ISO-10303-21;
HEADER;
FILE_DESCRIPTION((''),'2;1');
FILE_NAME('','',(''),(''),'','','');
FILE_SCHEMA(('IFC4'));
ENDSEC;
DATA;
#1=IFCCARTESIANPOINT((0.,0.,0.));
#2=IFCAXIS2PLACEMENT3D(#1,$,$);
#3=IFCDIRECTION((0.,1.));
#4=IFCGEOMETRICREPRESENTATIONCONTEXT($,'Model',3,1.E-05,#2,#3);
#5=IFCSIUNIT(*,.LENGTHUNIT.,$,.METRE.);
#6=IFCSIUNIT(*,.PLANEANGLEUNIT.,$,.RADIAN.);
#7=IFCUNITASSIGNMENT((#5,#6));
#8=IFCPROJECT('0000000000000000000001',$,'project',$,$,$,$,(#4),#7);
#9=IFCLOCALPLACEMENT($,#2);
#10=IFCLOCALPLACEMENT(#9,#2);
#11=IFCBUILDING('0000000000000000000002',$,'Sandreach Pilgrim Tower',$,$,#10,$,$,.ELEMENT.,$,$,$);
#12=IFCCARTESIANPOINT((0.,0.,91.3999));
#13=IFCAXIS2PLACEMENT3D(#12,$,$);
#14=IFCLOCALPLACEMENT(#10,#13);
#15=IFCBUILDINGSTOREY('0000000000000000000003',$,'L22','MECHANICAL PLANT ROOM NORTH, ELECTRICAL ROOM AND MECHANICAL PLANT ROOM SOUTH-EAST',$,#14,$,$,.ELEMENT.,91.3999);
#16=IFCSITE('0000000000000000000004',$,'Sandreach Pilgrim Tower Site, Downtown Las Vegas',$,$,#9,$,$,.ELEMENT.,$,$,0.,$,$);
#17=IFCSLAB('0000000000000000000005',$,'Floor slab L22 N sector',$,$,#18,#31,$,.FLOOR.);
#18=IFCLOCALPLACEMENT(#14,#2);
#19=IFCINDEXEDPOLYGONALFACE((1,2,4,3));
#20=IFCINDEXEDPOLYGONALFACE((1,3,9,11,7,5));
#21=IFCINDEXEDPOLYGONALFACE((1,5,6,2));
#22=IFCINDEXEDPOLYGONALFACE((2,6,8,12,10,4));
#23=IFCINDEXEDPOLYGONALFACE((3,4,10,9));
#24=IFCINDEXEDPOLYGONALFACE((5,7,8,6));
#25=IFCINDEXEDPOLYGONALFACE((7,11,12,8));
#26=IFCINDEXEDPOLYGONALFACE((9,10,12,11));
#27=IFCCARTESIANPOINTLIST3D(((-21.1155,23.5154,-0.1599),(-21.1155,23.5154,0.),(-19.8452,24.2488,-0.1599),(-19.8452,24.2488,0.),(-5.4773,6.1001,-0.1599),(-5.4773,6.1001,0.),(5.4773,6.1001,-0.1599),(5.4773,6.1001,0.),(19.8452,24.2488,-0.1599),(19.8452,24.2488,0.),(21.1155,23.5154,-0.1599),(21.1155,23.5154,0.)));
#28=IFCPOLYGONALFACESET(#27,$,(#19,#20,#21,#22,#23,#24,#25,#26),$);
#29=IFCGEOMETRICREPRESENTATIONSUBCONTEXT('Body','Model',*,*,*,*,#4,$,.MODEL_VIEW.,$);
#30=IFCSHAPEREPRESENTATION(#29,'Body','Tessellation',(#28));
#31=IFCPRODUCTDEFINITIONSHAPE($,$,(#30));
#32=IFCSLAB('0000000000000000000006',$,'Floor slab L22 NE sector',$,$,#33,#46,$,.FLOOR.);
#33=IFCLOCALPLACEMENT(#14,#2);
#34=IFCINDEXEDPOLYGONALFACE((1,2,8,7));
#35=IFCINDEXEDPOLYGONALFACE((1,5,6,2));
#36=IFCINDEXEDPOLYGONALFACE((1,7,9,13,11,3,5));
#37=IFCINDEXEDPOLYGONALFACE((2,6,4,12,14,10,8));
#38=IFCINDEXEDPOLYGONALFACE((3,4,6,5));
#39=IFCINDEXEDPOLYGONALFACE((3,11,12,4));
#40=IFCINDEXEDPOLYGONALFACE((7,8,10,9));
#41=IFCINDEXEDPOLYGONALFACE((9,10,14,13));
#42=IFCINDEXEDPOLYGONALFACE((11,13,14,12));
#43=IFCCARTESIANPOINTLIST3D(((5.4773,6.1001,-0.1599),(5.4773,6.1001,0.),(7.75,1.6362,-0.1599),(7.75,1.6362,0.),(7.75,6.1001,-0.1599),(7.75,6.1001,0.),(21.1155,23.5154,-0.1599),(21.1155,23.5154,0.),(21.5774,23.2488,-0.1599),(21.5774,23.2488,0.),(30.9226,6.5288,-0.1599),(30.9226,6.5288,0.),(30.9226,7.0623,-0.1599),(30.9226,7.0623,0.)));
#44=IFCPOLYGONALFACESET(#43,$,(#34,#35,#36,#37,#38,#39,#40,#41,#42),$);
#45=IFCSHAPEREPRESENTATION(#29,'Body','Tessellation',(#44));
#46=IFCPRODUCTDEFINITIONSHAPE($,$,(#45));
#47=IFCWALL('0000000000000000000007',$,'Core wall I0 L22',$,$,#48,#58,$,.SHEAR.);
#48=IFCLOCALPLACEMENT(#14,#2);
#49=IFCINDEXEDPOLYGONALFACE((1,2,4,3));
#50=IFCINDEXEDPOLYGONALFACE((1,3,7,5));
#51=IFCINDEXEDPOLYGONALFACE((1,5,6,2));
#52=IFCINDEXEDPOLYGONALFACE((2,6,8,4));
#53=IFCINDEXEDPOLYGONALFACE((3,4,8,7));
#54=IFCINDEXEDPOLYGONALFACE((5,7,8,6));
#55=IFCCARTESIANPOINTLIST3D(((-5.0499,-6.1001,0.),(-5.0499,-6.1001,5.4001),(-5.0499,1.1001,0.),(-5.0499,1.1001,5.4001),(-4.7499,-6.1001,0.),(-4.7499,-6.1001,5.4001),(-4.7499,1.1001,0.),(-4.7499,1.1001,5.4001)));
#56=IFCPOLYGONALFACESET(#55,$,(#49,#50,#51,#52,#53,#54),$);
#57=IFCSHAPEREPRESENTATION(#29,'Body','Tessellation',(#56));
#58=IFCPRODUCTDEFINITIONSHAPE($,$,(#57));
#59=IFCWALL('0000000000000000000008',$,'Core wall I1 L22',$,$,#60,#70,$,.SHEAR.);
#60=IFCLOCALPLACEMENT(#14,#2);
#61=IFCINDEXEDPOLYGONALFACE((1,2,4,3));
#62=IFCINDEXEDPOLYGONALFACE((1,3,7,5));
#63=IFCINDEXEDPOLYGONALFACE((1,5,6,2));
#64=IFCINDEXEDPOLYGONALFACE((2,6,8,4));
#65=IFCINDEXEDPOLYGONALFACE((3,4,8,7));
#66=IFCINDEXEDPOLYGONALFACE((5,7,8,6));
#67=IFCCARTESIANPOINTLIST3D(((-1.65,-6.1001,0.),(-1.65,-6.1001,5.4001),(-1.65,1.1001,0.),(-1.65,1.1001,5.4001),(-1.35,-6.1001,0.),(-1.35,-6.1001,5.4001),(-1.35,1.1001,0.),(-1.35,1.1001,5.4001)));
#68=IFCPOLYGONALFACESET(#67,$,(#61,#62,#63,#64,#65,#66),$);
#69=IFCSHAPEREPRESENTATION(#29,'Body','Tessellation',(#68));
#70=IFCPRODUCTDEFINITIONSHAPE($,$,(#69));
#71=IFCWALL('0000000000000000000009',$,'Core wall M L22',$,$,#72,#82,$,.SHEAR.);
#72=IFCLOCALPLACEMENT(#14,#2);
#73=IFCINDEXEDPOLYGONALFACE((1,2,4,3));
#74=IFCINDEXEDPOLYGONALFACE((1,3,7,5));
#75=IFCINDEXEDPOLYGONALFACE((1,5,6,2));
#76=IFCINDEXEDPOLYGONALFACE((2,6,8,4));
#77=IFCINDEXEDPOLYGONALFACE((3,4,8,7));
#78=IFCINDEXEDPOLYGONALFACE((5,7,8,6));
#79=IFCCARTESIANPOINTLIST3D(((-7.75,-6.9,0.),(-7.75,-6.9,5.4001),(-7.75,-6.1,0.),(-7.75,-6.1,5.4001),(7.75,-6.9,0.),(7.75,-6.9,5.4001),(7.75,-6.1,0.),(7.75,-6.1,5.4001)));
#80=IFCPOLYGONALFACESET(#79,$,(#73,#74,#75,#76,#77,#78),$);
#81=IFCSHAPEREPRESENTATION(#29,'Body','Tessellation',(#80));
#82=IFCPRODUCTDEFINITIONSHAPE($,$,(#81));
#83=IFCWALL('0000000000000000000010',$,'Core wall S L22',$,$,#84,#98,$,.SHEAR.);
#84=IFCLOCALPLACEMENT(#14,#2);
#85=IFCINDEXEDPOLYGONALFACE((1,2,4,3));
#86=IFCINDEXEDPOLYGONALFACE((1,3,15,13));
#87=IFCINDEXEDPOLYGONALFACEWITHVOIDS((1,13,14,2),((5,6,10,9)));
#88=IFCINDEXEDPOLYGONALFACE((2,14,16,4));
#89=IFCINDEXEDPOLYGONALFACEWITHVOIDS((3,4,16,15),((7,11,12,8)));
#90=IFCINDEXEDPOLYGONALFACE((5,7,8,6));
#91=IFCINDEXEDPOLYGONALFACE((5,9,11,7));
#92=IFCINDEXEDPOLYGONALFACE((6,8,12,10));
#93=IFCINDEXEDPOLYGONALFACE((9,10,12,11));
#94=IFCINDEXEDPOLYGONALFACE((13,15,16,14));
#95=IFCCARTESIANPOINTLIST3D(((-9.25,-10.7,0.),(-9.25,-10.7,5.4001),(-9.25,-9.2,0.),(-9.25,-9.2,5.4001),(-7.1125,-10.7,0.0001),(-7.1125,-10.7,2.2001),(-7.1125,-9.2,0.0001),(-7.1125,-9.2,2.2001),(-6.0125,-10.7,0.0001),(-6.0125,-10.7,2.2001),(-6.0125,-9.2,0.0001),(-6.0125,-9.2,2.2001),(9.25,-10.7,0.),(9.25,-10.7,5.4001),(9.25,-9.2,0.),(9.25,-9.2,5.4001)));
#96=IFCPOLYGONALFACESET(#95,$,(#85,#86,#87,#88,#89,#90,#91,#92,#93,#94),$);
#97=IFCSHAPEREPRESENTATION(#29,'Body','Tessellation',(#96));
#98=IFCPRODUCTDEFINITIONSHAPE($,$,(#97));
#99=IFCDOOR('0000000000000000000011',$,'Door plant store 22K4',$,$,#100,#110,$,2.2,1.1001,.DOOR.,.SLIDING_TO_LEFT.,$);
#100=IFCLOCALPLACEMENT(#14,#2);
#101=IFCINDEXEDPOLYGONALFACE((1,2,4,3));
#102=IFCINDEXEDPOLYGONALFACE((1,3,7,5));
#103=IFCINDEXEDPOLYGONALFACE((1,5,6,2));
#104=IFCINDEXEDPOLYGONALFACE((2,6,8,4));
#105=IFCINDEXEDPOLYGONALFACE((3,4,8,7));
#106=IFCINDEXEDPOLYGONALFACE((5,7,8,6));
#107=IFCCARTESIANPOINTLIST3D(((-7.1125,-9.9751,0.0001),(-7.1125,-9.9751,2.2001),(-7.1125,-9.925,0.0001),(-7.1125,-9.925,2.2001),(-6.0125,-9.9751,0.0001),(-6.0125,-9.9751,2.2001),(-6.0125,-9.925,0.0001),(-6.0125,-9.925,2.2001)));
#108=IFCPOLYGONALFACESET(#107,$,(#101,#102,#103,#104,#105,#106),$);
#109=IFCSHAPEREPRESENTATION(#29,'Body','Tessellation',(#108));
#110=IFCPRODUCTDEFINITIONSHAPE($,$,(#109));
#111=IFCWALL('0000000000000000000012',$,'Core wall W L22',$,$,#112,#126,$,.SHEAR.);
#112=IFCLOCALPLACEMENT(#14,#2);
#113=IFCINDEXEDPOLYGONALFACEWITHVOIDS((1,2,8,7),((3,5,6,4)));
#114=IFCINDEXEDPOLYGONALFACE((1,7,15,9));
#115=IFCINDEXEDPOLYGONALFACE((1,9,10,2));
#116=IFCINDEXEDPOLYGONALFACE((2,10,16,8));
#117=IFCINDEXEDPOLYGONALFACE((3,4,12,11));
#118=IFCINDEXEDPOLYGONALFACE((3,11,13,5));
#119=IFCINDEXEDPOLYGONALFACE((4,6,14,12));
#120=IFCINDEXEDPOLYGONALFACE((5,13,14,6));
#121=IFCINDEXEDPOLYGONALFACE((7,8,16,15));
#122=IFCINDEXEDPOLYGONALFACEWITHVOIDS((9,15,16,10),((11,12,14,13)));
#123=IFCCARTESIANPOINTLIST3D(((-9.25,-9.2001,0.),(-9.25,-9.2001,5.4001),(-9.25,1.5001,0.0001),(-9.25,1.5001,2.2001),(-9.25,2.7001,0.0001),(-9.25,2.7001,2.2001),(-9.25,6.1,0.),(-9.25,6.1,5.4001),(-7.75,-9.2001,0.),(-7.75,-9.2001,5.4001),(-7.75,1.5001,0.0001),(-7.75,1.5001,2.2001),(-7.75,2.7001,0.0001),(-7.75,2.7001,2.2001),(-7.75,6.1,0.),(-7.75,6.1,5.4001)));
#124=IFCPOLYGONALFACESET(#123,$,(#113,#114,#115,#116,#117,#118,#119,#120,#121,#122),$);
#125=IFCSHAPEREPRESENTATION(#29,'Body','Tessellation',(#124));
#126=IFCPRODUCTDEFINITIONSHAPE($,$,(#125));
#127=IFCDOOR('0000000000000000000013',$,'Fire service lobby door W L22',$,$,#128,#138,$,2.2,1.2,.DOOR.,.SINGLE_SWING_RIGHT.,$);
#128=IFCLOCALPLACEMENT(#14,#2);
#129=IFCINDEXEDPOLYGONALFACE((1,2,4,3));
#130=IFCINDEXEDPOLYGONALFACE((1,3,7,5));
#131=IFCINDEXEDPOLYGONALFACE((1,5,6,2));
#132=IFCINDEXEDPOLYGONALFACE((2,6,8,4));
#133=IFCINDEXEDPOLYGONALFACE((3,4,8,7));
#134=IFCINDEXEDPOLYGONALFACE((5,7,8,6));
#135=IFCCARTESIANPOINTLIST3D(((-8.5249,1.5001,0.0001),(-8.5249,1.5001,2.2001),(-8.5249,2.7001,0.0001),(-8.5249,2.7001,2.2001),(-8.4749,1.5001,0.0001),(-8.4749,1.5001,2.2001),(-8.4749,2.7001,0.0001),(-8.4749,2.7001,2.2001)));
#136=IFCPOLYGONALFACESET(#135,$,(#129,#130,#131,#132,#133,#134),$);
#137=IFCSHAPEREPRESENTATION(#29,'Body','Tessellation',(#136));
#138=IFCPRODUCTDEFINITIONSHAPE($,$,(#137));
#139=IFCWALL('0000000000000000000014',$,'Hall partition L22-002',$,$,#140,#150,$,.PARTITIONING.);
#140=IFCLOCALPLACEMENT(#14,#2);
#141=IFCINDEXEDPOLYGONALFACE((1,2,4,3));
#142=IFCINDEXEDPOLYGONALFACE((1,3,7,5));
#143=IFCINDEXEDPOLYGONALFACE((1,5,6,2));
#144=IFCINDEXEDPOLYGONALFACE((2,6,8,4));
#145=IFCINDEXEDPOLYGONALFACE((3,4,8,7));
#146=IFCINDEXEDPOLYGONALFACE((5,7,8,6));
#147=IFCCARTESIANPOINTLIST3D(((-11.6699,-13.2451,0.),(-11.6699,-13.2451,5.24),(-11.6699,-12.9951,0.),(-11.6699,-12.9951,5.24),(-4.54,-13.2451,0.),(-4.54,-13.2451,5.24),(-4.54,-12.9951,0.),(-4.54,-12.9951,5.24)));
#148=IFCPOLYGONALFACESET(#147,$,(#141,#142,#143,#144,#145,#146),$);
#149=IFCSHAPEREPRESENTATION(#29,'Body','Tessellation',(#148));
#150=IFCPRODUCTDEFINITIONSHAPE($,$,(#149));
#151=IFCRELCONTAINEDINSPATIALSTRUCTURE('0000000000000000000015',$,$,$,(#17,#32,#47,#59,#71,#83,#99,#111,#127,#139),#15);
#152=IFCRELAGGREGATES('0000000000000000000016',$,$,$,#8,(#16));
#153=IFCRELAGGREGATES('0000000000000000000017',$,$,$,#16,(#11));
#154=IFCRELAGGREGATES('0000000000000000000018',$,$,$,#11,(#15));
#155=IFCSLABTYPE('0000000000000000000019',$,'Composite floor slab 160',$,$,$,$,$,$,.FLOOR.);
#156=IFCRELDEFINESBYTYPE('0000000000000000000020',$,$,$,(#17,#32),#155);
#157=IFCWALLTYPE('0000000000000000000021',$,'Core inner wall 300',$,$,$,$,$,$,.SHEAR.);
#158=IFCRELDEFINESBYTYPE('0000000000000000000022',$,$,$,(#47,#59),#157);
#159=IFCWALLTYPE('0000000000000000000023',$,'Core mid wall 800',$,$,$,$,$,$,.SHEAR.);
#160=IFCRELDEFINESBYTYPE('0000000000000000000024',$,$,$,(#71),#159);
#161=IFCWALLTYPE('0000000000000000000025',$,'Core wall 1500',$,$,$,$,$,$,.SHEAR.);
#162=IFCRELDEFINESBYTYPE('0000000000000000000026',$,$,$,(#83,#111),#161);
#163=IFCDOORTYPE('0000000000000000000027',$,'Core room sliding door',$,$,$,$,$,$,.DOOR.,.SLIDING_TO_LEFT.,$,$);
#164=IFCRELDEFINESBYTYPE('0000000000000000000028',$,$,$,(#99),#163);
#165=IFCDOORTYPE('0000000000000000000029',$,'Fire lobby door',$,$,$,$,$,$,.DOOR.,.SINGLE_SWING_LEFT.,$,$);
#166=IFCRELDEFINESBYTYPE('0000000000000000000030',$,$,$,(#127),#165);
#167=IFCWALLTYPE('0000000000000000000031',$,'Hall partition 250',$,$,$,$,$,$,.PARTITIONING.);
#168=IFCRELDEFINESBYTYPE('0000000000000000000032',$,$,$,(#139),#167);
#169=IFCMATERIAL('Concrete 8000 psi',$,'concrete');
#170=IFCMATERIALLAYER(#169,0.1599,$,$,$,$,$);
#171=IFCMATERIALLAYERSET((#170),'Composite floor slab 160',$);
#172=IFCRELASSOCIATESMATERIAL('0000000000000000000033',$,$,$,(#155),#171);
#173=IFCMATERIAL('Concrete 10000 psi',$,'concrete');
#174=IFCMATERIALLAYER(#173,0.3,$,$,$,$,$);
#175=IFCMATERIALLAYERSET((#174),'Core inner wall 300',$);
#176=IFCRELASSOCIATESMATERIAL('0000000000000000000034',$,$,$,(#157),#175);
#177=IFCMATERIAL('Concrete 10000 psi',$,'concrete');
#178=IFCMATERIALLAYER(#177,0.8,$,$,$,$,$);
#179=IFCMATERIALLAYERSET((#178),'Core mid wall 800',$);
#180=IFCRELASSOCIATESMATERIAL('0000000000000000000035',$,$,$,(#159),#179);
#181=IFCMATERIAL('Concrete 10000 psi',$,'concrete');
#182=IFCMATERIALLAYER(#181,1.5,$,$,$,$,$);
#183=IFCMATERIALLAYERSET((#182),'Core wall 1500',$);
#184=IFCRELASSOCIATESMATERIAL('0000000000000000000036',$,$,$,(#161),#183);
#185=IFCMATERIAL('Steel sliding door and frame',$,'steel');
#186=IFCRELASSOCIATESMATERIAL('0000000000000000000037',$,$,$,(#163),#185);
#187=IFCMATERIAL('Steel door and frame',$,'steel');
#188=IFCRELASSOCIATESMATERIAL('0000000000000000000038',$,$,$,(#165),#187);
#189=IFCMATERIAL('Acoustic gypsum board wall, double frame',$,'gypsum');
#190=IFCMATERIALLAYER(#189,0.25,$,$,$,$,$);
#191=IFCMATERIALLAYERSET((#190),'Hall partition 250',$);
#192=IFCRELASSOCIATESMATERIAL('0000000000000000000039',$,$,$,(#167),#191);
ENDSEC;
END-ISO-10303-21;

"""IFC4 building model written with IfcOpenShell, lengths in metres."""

from ifc_helpers import new_model, si_unit, direction, frame, frame_2d, origin, place, context, subcontext, project, spatial, polyline, rectangle, outline, extrude, material, layer, layer_set, type_object, element, fill, save


model = new_model("IFC4")

# Units and contexts
model_context = context("Model", 3, precision=1e-05, world=origin(), true_north=direction((0.0, 1.0)))
body_context = subcontext(model_context, "Body", "Model", "MODEL_VIEW")
ifc_project = project(units=[si_unit("LENGTHUNIT", "METRE"), si_unit("PLANEANGLEUNIT", "RADIAN")], contexts=[model_context])

# Site, building, storey
site_placement = place(None, origin())
site = spatial("IfcSite", under=ifc_project, at=site_placement, Name="Sandreach Pilgrim Tower Site, Downtown Las Vegas", CompositionType="ELEMENT", RefElevation=0.0)
building_placement = place(site_placement, origin())
building = spatial("IfcBuilding", under=site, at=building_placement, Name="Sandreach Pilgrim Tower", CompositionType="ELEMENT")
storey_placement = place(building_placement, frame((0.0, 0.0, 91.3999)))
storey = spatial("IfcBuildingStorey", under=building, at=storey_placement, Name="L22", Description="MECHANICAL PLANT ROOM NORTH, ELECTRICAL ROOM AND MECHANICAL PLANT ROOM SOUTH-EAST", CompositionType="ELEMENT", Elevation=91.3999)

# Slabs
ifc_material_1 = material(Name="Concrete 8000 psi", Category="concrete")
ifc_layer_1 = layer(ifc_material_1, 0.1599)
ifc_layer_set_1 = layer_set([ifc_layer_1], Name="Composite floor slab 160")
slab_type = type_object("IfcSlabType", Name="Composite floor slab 160", PredefinedType="FLOOR", material=ifc_layer_set_1)
slab_1_placement = place(storey_placement, frame((0.0, 0.0, -0.1599)))
element("IfcSlab", 1, at=slab_1_placement, inside=storey, type_object=slab_type, Name="Floor slab L22 N sector", PredefinedType="FLOOR", context=body_context, shape_type="SweptSolid", body=[
    extrude(outline(polyline([(-19.8452, 24.2488), (19.8452, 24.2488), (21.1155, 23.5154), (5.4773, 6.1001), (-5.4773, 6.1001), (-21.1155, 23.5154), (-19.8452, 24.2488)])), origin(), (0.0, 0.0, 1.0), 0.1599),
])
slab_2_placement = place(storey_placement, frame((0.0, 0.0, -0.1599)))
element("IfcSlab", 2, at=slab_2_placement, inside=storey, type_object=slab_type, Name="Floor slab L22 NE sector", PredefinedType="FLOOR", context=body_context, shape_type="SweptSolid", body=[
    extrude(outline(polyline([(21.5774, 23.2488), (30.9226, 7.0623), (30.9226, 6.5288), (7.75, 1.6362), (7.75, 6.1001), (5.4773, 6.1001), (21.1155, 23.5154), (21.5774, 23.2488)])), origin(), (0.0, 0.0, 1.0), 0.1599),
])

# Walls
ifc_material_2 = material(Name="Concrete 10000 psi", Category="concrete")
ifc_layer_2 = layer(ifc_material_2, 0.3)
ifc_layer_set_2 = layer_set([ifc_layer_2], Name="Core inner wall 300")
wall_type_1 = type_object("IfcWallType", Name="Core inner wall 300", PredefinedType="SHEAR", material=ifc_layer_set_2)
for number, where, z_axis, x_axis, name in (
    (3, (-4.8999, -6.1001, 0.0), (0.0, 0.0, 1.0), (0.0, 1.0, 0.0), "Core wall I0 L22"),
    (4, (-1.5, -6.1001, 0.0), (0.0, 0.0, 1.0), (0.0, 1.0, 0.0), "Core wall I1 L22"),
):
    element("IfcWall", number, at=place(storey_placement, frame(where, z_axis=z_axis, x_axis=x_axis)), inside=storey, type_object=wall_type_1, Name=name, PredefinedType="SHEAR", context=body_context, shape_type="SweptSolid", body=[
        extrude(rectangle(XDim=7.2002, YDim=0.3, at=frame_2d((3.6001, 0.0))), origin(), (0.0, 0.0, 1.0), 5.4001),
    ])

# Wall
ifc_material_3 = material(Name="Concrete 10000 psi", Category="concrete")
ifc_layer_3 = layer(ifc_material_3, 0.8)
ifc_layer_set_3 = layer_set([ifc_layer_3], Name="Core mid wall 800")
wall_type_2 = type_object("IfcWallType", Name="Core mid wall 800", PredefinedType="SHEAR", material=ifc_layer_set_3)
wall_1_placement = place(storey_placement, frame((-7.75, -6.5, 0.0), z_axis=(0.0, 0.0, 1.0), x_axis=(1.0, 0.0, 0.0)))
element("IfcWall", 5, at=wall_1_placement, inside=storey, type_object=wall_type_2, Name="Core wall M L22", PredefinedType="SHEAR", context=body_context, shape_type="SweptSolid", body=[
    extrude(rectangle(XDim=15.5, YDim=0.8, at=frame_2d((7.75, 0.0))), origin(), (0.0, 0.0, 1.0), 5.4001),
])

# Walls, openings, doors
ifc_material_4 = material(Name="Concrete 10000 psi", Category="concrete")
ifc_layer_4 = layer(ifc_material_4, 1.5)
ifc_layer_set_4 = layer_set([ifc_layer_4], Name="Core wall 1500")
wall_type_3 = type_object("IfcWallType", Name="Core wall 1500", PredefinedType="SHEAR", material=ifc_layer_set_4)
wall_2_placement = place(storey_placement, frame((-9.25, -9.95, 0.0), z_axis=(0.0, 0.0, 1.0), x_axis=(1.0, 0.0, 0.0)))
wall_2 = element("IfcWall", 6, at=wall_2_placement, inside=storey, type_object=wall_type_3, Name="Core wall S L22", PredefinedType="SHEAR", context=body_context, shape_type="SweptSolid", body=[
    extrude(rectangle(XDim=18.5, YDim=1.5, at=frame_2d((9.25, 0.0))), origin(), (0.0, 0.0, 1.0), 5.4001),
])
opening_1_placement = place(wall_2_placement, frame((2.1375, 0.0, 0.0)))
opening_1 = element("IfcOpeningElement", 7, at=opening_1_placement, cuts=wall_2, PredefinedType="OPENING", context=body_context, shape_type="SweptSolid", body=[
    extrude(rectangle(XDim=1.1001, YDim=2.2, at=frame_2d((0.55, 1.1001))), frame((0.0, 0.75, 0.0), z_axis=(0.0, -1.0, 0.0), x_axis=(1.0, 0.0, 0.0)), (0.0, 0.0, 1.0), 1.5),
])
ifc_material_5 = material(Name="Steel sliding door and frame", Category="steel")
door_type_1 = type_object("IfcDoorType", Name="Core room sliding door", OperationType="SLIDING_TO_LEFT", PredefinedType="DOOR", material=ifc_material_5)
door_1_placement = place(opening_1_placement, origin())
door_1 = element("IfcDoor", 8, at=door_1_placement, inside=storey, type_object=door_type_1, Name="Door plant store 22K4", OperationType="SLIDING_TO_LEFT", OverallHeight=2.2, OverallWidth=1.1001, PredefinedType="DOOR", context=body_context, shape_type="SweptSolid", body=[
    extrude(rectangle(XDim=1.1001, YDim=2.2, at=frame_2d((0.55, 1.1001))), frame((0.0, 0.0249, 0.0), z_axis=(0.0, -1.0, 0.0), x_axis=(1.0, 0.0, 0.0)), (0.0, 0.0, 1.0), 0.05),
])
fill(opening_1, door_1)
wall_3_placement = place(storey_placement, frame((-8.5, -9.2, 0.0), z_axis=(0.0, 0.0, 1.0), x_axis=(0.0, 1.0, 0.0)))
wall_3 = element("IfcWall", 9, at=wall_3_placement, inside=storey, type_object=wall_type_3, Name="Core wall W L22", PredefinedType="SHEAR", context=body_context, shape_type="SweptSolid", body=[
    extrude(rectangle(XDim=15.3, YDim=1.5, at=frame_2d((7.6499, 0.0))), origin(), (0.0, 0.0, 1.0), 5.4001),
])
opening_2_placement = place(wall_3_placement, frame((10.7, 0.0, 0.0)))
opening_2 = element("IfcOpeningElement", 10, at=opening_2_placement, cuts=wall_3, PredefinedType="OPENING", context=body_context, shape_type="SweptSolid", body=[
    extrude(rectangle(XDim=1.2, YDim=2.2, at=frame_2d((0.6001, 1.1001))), frame((0.0, 0.75, 0.0), z_axis=(0.0, -1.0, 0.0), x_axis=(1.0, 0.0, 0.0)), (0.0, 0.0, 1.0), 1.5),
])
ifc_material_6 = material(Name="Steel door and frame", Category="steel")
door_type_2 = type_object("IfcDoorType", Name="Fire lobby door", OperationType="SINGLE_SWING_LEFT", PredefinedType="DOOR", material=ifc_material_6)
door_2_placement = place(opening_2_placement, origin())
door_2 = element("IfcDoor", 11, at=door_2_placement, inside=storey, type_object=door_type_2, Name="Fire service lobby door W L22", OperationType="SINGLE_SWING_RIGHT", OverallHeight=2.2, OverallWidth=1.2, PredefinedType="DOOR", context=body_context, shape_type="SweptSolid", body=[
    extrude(rectangle(XDim=1.2, YDim=2.2, at=frame_2d((0.6001, 1.1001))), frame((0.0, 0.0249, 0.0), z_axis=(0.0, -1.0, 0.0), x_axis=(1.0, 0.0, 0.0)), (0.0, 0.0, 1.0), 0.05),
])
fill(opening_2, door_2)

# Wall
ifc_material_7 = material(Name="Acoustic gypsum board wall, double frame", Category="gypsum")
ifc_layer_5 = layer(ifc_material_7, 0.25)
ifc_layer_set_5 = layer_set([ifc_layer_5], Name="Hall partition 250")
wall_type_4 = type_object("IfcWallType", Name="Hall partition 250", PredefinedType="PARTITIONING", material=ifc_layer_set_5)
wall_4_placement = place(storey_placement, frame((-11.6699, -13.1201, 0.0), z_axis=(0.0, 0.0, 1.0), x_axis=(1.0, 0.0, 0.0)))
element("IfcWall", 12, at=wall_4_placement, inside=storey, type_object=wall_type_4, Name="Hall partition L22-002", PredefinedType="PARTITIONING", context=body_context, shape_type="SweptSolid", body=[
    extrude(rectangle(XDim=7.1299, YDim=0.25, at=frame_2d((3.5649, 0.0))), origin(), (0.0, 0.0, 1.0), 5.24),
])

save(model, "model.ifc")
